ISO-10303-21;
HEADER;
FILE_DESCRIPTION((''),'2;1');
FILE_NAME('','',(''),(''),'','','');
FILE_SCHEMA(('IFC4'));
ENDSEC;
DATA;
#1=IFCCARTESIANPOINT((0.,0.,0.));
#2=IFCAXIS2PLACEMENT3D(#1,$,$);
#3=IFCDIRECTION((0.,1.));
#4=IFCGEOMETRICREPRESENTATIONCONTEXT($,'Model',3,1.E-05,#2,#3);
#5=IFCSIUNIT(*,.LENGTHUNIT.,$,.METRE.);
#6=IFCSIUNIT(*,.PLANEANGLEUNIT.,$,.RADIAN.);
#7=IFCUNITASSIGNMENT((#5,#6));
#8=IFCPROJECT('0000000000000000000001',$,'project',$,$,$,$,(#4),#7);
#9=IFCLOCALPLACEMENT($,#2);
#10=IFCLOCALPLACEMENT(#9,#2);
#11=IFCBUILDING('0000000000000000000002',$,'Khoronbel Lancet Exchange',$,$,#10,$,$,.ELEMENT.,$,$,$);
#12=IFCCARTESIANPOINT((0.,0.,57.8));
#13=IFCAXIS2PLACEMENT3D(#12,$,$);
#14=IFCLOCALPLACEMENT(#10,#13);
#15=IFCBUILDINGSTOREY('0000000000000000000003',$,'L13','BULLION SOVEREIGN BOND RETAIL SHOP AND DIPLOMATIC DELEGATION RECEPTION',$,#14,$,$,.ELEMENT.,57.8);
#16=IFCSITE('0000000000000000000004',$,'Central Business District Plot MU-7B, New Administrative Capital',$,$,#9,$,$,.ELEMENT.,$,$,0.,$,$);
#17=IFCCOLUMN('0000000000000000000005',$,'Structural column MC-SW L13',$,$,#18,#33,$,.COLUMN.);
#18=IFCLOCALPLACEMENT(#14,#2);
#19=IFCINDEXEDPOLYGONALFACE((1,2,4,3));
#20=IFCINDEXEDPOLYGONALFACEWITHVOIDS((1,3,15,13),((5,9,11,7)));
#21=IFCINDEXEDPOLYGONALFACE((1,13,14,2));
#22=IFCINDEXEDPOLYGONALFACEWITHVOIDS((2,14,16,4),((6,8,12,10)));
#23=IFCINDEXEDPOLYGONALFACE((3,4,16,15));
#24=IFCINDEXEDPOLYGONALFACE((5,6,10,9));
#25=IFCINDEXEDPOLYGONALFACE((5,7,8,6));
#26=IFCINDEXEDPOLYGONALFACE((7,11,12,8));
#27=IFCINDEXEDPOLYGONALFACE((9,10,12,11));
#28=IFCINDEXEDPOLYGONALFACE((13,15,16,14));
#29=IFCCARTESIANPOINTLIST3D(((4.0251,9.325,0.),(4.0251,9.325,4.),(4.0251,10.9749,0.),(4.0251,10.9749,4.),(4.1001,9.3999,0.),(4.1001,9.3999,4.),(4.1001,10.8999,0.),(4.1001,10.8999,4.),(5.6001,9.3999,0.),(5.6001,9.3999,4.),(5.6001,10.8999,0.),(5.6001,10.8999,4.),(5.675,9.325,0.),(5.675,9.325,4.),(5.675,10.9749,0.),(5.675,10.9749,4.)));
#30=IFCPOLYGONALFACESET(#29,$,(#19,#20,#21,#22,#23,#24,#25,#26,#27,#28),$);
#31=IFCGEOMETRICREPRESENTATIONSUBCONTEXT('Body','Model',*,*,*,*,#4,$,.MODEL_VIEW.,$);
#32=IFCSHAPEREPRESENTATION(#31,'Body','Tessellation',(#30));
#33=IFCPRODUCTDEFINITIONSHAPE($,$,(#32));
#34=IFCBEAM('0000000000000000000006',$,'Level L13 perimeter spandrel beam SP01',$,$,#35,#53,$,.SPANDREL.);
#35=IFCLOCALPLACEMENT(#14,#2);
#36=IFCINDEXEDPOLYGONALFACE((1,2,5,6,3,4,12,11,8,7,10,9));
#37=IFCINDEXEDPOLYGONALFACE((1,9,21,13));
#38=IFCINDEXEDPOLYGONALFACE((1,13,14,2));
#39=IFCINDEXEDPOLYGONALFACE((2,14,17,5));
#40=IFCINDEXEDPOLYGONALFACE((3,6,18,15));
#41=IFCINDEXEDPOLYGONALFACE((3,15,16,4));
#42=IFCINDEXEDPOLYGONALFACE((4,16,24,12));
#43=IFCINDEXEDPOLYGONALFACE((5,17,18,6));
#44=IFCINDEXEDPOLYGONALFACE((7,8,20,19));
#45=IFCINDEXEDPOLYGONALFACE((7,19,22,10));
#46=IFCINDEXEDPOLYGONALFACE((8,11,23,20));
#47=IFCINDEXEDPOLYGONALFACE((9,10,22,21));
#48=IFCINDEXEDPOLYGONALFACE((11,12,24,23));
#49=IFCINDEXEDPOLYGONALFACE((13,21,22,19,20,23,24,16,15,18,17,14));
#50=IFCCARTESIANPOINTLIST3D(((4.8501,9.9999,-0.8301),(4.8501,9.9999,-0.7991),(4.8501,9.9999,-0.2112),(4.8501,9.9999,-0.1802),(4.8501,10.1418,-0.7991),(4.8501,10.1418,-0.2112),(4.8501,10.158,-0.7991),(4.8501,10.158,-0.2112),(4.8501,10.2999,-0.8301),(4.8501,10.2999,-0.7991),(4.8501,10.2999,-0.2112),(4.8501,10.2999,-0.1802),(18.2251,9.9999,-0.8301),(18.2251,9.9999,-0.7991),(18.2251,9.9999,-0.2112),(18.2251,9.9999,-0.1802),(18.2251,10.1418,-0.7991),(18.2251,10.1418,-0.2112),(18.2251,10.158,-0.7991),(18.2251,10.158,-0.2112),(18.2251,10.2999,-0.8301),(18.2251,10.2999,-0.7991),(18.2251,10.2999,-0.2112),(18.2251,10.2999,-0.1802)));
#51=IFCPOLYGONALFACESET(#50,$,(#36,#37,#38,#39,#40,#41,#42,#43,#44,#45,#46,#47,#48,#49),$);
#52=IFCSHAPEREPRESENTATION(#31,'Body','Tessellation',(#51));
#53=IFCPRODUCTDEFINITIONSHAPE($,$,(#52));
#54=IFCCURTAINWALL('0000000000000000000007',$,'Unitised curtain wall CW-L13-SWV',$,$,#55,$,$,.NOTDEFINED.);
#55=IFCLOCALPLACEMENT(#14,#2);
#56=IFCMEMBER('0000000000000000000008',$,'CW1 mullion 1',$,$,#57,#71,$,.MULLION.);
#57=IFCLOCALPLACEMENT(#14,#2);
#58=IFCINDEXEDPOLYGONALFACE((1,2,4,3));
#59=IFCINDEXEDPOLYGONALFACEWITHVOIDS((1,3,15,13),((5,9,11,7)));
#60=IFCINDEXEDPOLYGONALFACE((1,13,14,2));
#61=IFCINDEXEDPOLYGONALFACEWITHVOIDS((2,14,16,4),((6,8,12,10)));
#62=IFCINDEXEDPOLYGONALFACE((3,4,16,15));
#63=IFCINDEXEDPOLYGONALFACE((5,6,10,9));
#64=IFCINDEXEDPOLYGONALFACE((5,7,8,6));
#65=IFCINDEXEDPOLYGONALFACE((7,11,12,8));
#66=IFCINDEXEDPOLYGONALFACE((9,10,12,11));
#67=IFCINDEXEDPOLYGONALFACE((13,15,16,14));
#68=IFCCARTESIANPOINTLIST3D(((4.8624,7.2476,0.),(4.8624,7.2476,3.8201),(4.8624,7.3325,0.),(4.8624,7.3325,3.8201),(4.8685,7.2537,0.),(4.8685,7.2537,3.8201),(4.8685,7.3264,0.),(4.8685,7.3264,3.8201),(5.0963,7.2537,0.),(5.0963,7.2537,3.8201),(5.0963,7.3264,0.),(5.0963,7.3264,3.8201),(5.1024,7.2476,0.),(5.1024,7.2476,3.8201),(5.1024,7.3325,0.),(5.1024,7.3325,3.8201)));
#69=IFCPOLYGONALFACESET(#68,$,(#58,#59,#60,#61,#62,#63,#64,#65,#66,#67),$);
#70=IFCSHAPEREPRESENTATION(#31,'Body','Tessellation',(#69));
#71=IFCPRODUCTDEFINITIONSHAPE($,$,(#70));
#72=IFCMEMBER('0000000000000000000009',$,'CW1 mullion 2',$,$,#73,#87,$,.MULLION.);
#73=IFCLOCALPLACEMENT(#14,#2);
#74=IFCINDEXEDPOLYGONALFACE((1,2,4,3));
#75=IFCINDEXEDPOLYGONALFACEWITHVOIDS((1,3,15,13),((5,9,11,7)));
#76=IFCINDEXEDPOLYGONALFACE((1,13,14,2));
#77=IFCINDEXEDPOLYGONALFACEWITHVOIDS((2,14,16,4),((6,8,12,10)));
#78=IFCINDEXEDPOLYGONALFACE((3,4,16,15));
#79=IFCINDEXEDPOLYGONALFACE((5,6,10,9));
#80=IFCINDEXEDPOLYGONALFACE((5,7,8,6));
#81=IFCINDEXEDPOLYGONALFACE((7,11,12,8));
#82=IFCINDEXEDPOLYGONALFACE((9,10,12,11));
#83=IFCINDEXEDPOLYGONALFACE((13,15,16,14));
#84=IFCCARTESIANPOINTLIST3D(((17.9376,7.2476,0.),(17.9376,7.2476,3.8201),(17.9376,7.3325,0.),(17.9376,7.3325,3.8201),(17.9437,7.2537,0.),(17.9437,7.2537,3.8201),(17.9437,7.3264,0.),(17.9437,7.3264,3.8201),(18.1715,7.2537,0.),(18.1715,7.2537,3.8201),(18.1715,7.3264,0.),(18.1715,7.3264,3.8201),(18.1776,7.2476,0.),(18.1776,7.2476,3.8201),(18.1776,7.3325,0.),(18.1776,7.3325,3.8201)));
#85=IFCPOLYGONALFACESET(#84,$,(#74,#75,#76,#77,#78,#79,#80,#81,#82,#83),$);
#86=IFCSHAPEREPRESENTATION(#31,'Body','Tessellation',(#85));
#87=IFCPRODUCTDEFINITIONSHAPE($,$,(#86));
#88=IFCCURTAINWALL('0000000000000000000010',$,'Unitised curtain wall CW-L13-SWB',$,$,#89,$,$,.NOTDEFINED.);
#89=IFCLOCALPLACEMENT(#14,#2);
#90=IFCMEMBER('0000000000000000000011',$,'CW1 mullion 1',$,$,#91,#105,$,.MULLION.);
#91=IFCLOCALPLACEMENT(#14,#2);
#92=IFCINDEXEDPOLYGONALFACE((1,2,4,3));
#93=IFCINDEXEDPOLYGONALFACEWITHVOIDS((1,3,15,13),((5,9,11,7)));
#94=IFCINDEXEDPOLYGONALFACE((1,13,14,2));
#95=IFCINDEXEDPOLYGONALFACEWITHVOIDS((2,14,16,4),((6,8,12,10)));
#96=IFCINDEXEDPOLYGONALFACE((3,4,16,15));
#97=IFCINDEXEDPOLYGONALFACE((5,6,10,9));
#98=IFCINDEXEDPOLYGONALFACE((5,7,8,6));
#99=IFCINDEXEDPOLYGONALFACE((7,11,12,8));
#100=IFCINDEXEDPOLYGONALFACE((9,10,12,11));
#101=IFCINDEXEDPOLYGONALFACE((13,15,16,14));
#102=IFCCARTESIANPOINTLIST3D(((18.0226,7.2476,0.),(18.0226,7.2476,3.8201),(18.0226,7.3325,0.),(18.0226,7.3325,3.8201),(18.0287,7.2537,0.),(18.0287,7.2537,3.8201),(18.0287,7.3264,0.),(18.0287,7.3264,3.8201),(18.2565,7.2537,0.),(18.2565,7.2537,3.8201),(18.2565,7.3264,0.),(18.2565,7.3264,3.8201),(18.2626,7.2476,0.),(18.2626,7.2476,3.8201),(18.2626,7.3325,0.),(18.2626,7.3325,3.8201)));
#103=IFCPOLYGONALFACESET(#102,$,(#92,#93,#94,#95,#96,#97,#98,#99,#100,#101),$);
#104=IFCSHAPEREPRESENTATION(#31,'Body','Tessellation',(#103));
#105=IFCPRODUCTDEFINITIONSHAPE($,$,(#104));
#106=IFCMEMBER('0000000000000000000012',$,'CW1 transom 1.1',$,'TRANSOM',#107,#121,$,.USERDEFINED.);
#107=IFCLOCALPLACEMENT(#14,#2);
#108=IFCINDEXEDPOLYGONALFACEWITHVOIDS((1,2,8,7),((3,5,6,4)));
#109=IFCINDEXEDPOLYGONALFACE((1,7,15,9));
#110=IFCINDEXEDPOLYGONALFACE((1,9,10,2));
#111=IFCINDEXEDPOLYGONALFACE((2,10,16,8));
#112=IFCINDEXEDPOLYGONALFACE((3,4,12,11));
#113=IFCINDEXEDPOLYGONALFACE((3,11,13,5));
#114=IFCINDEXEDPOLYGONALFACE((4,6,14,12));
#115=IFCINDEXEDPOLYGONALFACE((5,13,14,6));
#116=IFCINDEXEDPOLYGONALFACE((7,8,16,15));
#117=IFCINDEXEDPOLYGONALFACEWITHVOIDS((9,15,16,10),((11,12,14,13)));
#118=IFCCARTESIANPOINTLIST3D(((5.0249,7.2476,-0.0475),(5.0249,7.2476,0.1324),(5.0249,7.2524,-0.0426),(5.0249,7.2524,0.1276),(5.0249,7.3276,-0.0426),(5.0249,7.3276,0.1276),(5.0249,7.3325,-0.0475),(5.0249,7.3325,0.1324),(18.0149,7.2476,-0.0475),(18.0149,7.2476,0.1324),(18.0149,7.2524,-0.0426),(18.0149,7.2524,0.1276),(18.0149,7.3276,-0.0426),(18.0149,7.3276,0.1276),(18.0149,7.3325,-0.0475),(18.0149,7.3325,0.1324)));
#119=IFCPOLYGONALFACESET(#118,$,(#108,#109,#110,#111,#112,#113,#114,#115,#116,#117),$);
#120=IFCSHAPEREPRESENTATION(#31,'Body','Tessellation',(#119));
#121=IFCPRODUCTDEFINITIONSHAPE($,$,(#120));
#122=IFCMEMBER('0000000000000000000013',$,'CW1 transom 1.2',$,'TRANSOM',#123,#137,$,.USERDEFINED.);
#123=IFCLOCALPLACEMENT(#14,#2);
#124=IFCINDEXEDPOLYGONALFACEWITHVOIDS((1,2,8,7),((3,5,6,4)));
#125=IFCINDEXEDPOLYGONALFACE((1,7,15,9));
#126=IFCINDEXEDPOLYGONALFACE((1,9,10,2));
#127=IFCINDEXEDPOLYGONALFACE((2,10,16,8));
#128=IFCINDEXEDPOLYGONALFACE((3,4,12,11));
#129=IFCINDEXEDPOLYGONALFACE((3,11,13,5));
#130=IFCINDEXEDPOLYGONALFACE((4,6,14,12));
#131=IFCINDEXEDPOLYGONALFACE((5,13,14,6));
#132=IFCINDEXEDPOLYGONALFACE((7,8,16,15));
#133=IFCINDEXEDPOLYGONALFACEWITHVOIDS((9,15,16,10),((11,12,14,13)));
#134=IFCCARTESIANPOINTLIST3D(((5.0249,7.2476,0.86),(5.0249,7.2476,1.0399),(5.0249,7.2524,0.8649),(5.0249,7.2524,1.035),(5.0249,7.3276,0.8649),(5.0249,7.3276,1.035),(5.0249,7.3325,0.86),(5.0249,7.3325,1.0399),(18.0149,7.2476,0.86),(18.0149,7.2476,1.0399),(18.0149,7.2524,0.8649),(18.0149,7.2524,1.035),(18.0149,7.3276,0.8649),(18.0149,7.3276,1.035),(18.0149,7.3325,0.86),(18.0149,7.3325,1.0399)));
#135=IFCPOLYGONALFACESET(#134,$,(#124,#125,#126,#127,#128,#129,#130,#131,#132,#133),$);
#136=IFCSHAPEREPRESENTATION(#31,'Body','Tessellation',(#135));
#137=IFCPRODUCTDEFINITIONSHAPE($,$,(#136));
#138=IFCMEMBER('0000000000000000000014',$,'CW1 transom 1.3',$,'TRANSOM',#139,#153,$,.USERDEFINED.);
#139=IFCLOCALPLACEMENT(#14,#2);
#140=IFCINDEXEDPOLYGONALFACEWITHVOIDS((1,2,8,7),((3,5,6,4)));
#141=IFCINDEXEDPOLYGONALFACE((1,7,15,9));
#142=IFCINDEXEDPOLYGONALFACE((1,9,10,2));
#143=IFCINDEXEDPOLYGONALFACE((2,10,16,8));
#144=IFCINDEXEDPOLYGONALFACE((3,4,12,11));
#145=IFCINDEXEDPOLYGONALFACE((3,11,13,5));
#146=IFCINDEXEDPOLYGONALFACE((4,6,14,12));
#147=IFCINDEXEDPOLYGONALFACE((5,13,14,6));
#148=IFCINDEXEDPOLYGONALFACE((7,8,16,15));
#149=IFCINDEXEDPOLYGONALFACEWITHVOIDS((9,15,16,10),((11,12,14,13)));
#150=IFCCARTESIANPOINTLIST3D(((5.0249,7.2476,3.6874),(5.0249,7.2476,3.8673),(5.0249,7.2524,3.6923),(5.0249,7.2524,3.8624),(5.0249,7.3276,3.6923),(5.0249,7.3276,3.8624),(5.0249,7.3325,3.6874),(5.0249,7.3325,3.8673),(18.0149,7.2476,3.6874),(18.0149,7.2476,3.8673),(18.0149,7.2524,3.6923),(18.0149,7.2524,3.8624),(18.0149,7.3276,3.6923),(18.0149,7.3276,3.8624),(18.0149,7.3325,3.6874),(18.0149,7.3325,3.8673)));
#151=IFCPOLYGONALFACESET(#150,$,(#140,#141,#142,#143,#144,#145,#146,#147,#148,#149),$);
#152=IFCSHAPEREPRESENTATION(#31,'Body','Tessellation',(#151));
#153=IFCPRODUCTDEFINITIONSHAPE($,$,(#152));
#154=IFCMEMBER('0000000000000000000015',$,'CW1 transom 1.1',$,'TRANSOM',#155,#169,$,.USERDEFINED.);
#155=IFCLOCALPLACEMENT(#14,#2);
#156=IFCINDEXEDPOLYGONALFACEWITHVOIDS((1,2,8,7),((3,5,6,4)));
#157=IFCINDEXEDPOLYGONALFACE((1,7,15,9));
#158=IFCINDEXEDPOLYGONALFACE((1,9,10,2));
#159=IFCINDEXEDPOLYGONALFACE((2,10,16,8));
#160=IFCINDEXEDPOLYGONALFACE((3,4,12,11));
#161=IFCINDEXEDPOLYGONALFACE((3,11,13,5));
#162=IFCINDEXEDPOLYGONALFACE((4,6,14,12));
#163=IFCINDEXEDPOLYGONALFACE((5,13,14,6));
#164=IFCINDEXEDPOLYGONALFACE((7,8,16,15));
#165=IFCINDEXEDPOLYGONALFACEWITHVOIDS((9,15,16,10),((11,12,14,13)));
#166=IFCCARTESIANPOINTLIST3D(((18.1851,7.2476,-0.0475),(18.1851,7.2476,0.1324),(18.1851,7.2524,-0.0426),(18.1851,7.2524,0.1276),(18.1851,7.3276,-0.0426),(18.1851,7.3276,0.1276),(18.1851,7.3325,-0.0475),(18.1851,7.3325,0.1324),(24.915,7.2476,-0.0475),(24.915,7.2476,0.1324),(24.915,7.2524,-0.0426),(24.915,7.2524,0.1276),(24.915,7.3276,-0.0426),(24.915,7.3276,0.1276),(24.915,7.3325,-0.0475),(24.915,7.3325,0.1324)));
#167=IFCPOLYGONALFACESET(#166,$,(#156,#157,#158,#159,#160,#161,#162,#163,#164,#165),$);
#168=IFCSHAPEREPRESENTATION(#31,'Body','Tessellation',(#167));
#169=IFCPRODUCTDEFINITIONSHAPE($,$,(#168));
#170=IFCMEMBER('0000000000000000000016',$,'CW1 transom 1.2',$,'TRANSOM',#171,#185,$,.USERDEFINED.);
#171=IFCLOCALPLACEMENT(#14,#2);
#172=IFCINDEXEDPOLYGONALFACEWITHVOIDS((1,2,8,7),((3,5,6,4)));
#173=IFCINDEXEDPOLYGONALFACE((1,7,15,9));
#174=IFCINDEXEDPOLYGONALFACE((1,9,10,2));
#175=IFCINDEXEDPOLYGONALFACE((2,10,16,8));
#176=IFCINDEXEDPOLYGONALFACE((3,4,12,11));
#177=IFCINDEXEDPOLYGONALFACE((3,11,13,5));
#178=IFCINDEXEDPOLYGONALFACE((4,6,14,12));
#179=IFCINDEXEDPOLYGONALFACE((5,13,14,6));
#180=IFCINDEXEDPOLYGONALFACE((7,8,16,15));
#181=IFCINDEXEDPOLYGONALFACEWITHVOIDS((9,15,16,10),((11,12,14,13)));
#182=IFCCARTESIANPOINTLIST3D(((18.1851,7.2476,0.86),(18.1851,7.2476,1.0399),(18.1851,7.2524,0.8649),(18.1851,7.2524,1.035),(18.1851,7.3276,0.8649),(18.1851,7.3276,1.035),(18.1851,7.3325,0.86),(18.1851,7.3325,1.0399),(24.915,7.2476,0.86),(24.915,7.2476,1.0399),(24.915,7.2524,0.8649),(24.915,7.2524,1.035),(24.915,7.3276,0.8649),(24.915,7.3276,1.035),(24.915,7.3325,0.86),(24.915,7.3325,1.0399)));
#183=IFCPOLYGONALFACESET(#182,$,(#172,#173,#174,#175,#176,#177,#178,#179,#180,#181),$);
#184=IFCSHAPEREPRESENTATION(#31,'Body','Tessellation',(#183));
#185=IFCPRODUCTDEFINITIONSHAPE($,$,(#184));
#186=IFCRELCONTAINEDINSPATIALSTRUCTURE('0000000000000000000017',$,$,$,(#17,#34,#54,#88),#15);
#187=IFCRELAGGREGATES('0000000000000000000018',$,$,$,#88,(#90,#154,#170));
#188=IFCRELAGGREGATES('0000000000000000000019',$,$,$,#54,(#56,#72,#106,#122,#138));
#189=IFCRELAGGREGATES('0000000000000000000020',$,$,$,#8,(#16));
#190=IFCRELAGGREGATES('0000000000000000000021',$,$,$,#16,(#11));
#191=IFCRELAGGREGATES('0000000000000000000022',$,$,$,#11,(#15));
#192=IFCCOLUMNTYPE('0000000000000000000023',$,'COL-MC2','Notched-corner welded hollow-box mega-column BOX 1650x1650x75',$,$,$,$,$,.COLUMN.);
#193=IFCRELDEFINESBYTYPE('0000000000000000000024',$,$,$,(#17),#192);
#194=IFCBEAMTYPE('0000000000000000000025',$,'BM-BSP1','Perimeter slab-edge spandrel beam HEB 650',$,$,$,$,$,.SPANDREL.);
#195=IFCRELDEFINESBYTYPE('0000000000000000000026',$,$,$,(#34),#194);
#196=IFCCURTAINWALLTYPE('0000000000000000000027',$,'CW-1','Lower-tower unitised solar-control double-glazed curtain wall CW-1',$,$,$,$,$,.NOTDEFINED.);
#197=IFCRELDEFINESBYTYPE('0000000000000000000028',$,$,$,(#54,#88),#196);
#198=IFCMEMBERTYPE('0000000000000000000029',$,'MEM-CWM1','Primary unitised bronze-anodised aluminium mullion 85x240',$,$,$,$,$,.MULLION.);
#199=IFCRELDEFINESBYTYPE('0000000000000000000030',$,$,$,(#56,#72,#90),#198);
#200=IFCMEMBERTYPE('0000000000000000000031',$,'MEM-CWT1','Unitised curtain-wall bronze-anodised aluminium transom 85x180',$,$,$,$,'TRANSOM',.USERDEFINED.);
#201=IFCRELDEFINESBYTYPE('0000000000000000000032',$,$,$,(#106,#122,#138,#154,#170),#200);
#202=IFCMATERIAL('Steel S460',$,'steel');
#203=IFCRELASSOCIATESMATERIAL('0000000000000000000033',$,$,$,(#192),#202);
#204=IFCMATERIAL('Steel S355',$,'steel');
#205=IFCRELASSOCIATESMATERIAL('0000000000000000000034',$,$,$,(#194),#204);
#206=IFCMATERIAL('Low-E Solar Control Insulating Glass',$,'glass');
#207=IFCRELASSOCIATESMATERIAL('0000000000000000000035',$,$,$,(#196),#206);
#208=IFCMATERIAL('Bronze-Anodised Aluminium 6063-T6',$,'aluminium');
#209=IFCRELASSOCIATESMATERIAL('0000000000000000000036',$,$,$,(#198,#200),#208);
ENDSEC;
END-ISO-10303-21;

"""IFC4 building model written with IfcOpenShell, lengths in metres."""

from ifc_helpers import new_model, si_unit, direction, frame, origin, origin_2d, place, context, subcontext, project, spatial, hollow_rectangle, i_section, extrude, material, material_profile, profile_set, type_object, element, aggregate, save


model = new_model("IFC4")

# Units and contexts
model_context = context("Model", 3, precision=1e-05, world=origin(), true_north=direction((0.0, 1.0)))
body_context = subcontext(model_context, "Body", "Model", "MODEL_VIEW")
ifc_project = project(units=[si_unit("LENGTHUNIT", "METRE"), si_unit("PLANEANGLEUNIT", "RADIAN")], contexts=[model_context])

# Site, building, storey
site_placement = place(None, origin())
site = spatial("IfcSite", under=ifc_project, at=site_placement, Name="Central Business District Plot MU-7B, New Administrative Capital", CompositionType="ELEMENT", RefElevation=0.0)
building_placement = place(site_placement, origin())
building = spatial("IfcBuilding", under=site, at=building_placement, Name="Khoronbel Lancet Exchange", CompositionType="ELEMENT")
storey_placement = place(building_placement, frame((0.0, 0.0, 57.8)))
storey = spatial("IfcBuildingStorey", under=building, at=storey_placement, Name="L13", Description="BULLION SOVEREIGN BOND RETAIL SHOP AND DIPLOMATIC DELEGATION RECEPTION", CompositionType="ELEMENT", Elevation=57.8)

# Column
ifc_material_1 = material(Name="Steel S460", Category="steel")
ifc_material_profile_1 = material_profile(ifc_material_1, hollow_rectangle(XDim=1.6499, YDim=1.6499, WallThickness=0.075, at=origin_2d()), Name="BOX 1650x1650x75")
ifc_profile_set_1 = profile_set([ifc_material_profile_1], Name="Steel S460")
column_type = type_object("IfcColumnType", Name="COL-MC2", Description="Notched-corner welded hollow-box mega-column BOX 1650x1650x75", PredefinedType="COLUMN", material=ifc_profile_set_1)
column_placement = place(storey_placement, frame((4.8501, 10.1499, 0.0), z_axis=(0.0, 0.0, 1.0), x_axis=(1.0, 0.0, 0.0)))
element("IfcColumn", 1, at=column_placement, inside=storey, type_object=column_type, Name="Structural column MC-SW L13", PredefinedType="COLUMN", context=body_context, shape_type="SweptSolid", body=[
    extrude(hollow_rectangle(XDim=1.6499, YDim=1.6499, WallThickness=0.075, at=origin_2d()), origin(), (0.0, 0.0, 1.0), 4.0),
])

# Beam
ifc_material_2 = material(Name="Steel S355", Category="steel")
ifc_material_profile_2 = material_profile(ifc_material_2, i_section(OverallWidth=0.3, OverallDepth=0.6499, WebThickness=0.0161, FlangeThickness=0.031, at=origin_2d()), Name="HEB 650")
ifc_profile_set_2 = profile_set([ifc_material_profile_2], Name="Steel S355")
beam_type = type_object("IfcBeamType", Name="BM-BSP1", Description="Perimeter slab-edge spandrel beam HEB 650", PredefinedType="SPANDREL", material=ifc_profile_set_2)
beam_placement = place(storey_placement, frame((4.8501, 10.1499, -0.5051), z_axis=(1.0, 0.0, 0.0), x_axis=(0.0, 1.0, 0.0)))
element("IfcBeam", 2, at=beam_placement, inside=storey, type_object=beam_type, Name="Level L13 perimeter spandrel beam SP01", PredefinedType="SPANDREL", context=body_context, shape_type="SweptSolid", body=[
    extrude(i_section(OverallWidth=0.3, OverallDepth=0.6499, WebThickness=0.0161, FlangeThickness=0.031, at=origin_2d()), origin(), (0.0, 0.0, 1.0), 13.375),
])

# Curtain wall, members
ifc_material_3 = material(Name="Low-E Solar Control Insulating Glass", Category="glass")
curtain_wall_type = type_object("IfcCurtainWallType", Name="CW-1", Description="Lower-tower unitised solar-control double-glazed curtain wall CW-1", PredefinedType="NOTDEFINED", material=ifc_material_3)
curtain_wall_1_placement = place(storey_placement, origin())
curtain_wall_1 = element("IfcCurtainWall", 3, at=curtain_wall_1_placement, inside=storey, type_object=curtain_wall_type, Name="Unitised curtain wall CW-L13-SWV", PredefinedType="NOTDEFINED")
ifc_material_4 = material(Name="Bronze-Anodised Aluminium 6063-T6", Category="aluminium")
ifc_material_profile_3 = material_profile(ifc_material_4, hollow_rectangle(XDim=0.085, YDim=0.24, WallThickness=0.0061, at=origin_2d()), Name="ALU MULLION 85x240")
ifc_profile_set_3 = profile_set([ifc_material_profile_3], Name="Bronze-Anodised Aluminium 6063-T6")
member_type_1 = type_object("IfcMemberType", Name="MEM-CWM1", Description="Primary unitised bronze-anodised aluminium mullion 85x240", PredefinedType="MULLION", material=ifc_profile_set_3)
member_1_placement = place(storey_placement, frame((4.9824, 7.29, 0.0), z_axis=(0.0, 0.0, 1.0), x_axis=(0.0, 1.0, 0.0)))
member_1 = element("IfcMember", 4, at=member_1_placement, type_object=member_type_1, Name="CW1 mullion 1", PredefinedType="MULLION", context=body_context, shape_type="SweptSolid", body=[
    extrude(hollow_rectangle(XDim=0.085, YDim=0.24, WallThickness=0.0061, at=origin_2d()), origin(), (0.0, 0.0, 1.0), 3.8201),
])
member_2_placement = place(storey_placement, frame((18.0576, 7.29, 0.0), z_axis=(0.0, 0.0, 1.0), x_axis=(0.0, 1.0, 0.0)))
member_2 = element("IfcMember", 5, at=member_2_placement, type_object=member_type_1, Name="CW1 mullion 2", PredefinedType="MULLION", context=body_context, shape_type="SweptSolid", body=[
    extrude(hollow_rectangle(XDim=0.085, YDim=0.24, WallThickness=0.0061, at=origin_2d()), origin(), (0.0, 0.0, 1.0), 3.8201),
])

# Curtain wall, member
curtain_wall_2_placement = place(storey_placement, origin())
curtain_wall_2 = element("IfcCurtainWall", 6, at=curtain_wall_2_placement, inside=storey, type_object=curtain_wall_type, Name="Unitised curtain wall CW-L13-SWB", PredefinedType="NOTDEFINED")
member_3_placement = place(storey_placement, frame((18.1426, 7.29, 0.0), z_axis=(0.0, 0.0, 1.0), x_axis=(0.0, 1.0, 0.0)))
member_3 = element("IfcMember", 7, at=member_3_placement, type_object=member_type_1, Name="CW1 mullion 1", PredefinedType="MULLION", context=body_context, shape_type="SweptSolid", body=[
    extrude(hollow_rectangle(XDim=0.085, YDim=0.24, WallThickness=0.0061, at=origin_2d()), origin(), (0.0, 0.0, 1.0), 3.8201),
])

# Members
ifc_material_profile_4 = material_profile(ifc_material_4, hollow_rectangle(XDim=0.085, YDim=0.1799, WallThickness=0.0049, at=origin_2d()), Name="ALU TRANSOM 85x180")
ifc_profile_set_4 = profile_set([ifc_material_profile_4], Name="Bronze-Anodised Aluminium 6063-T6")
member_type_2 = type_object("IfcMemberType", Name="MEM-CWT1", Description="Unitised curtain-wall bronze-anodised aluminium transom 85x180", ElementType="TRANSOM", PredefinedType="USERDEFINED", material=ifc_profile_set_4)
member_4_placement = place(storey_placement, frame((5.0249, 7.29, 0.0425), z_axis=(1.0, 0.0, 0.0), x_axis=(0.0, 1.0, 0.0)))
member_4 = element("IfcMember", 8, at=member_4_placement, type_object=member_type_2, Name="CW1 transom 1.1", ObjectType="TRANSOM", PredefinedType="USERDEFINED", context=body_context, shape_type="SweptSolid", body=[
    extrude(hollow_rectangle(XDim=0.085, YDim=0.1799, WallThickness=0.0049, at=origin_2d()), origin(), (0.0, 0.0, 1.0), 12.99),
])
member_5_placement = place(storey_placement, frame((5.0249, 7.29, 0.95), z_axis=(1.0, 0.0, 0.0), x_axis=(0.0, 1.0, 0.0)))
member_5 = element("IfcMember", 9, at=member_5_placement, type_object=member_type_2, Name="CW1 transom 1.2", ObjectType="TRANSOM", PredefinedType="USERDEFINED", context=body_context, shape_type="SweptSolid", body=[
    extrude(hollow_rectangle(XDim=0.085, YDim=0.1799, WallThickness=0.0049, at=origin_2d()), origin(), (0.0, 0.0, 1.0), 12.99),
])
member_6_placement = place(storey_placement, frame((5.0249, 7.29, 3.7773), z_axis=(1.0, 0.0, 0.0), x_axis=(0.0, 1.0, 0.0)))
member_6 = element("IfcMember", 10, at=member_6_placement, type_object=member_type_2, Name="CW1 transom 1.3", ObjectType="TRANSOM", PredefinedType="USERDEFINED", context=body_context, shape_type="SweptSolid", body=[
    extrude(hollow_rectangle(XDim=0.085, YDim=0.1799, WallThickness=0.0049, at=origin_2d()), origin(), (0.0, 0.0, 1.0), 12.99),
])
member_7_placement = place(storey_placement, frame((18.1851, 7.29, 0.0425), z_axis=(1.0, 0.0, 0.0), x_axis=(0.0, 1.0, 0.0)))
member_7 = element("IfcMember", 11, at=member_7_placement, type_object=member_type_2, Name="CW1 transom 1.1", ObjectType="TRANSOM", PredefinedType="USERDEFINED", context=body_context, shape_type="SweptSolid", body=[
    extrude(hollow_rectangle(XDim=0.085, YDim=0.1799, WallThickness=0.0049, at=origin_2d()), origin(), (0.0, 0.0, 1.0), 6.73),
])
member_8_placement = place(storey_placement, frame((18.1851, 7.29, 0.95), z_axis=(1.0, 0.0, 0.0), x_axis=(0.0, 1.0, 0.0)))
member_8 = element("IfcMember", 12, at=member_8_placement, type_object=member_type_2, Name="CW1 transom 1.2", ObjectType="TRANSOM", PredefinedType="USERDEFINED", context=body_context, shape_type="SweptSolid", body=[
    extrude(hollow_rectangle(XDim=0.085, YDim=0.1799, WallThickness=0.0049, at=origin_2d()), origin(), (0.0, 0.0, 1.0), 6.73),
])
aggregate(curtain_wall_2, [member_3, member_7, member_8])

aggregate(curtain_wall_1, [member_1, member_2, member_4, member_5, member_6])

save(model, "model.ifc")
